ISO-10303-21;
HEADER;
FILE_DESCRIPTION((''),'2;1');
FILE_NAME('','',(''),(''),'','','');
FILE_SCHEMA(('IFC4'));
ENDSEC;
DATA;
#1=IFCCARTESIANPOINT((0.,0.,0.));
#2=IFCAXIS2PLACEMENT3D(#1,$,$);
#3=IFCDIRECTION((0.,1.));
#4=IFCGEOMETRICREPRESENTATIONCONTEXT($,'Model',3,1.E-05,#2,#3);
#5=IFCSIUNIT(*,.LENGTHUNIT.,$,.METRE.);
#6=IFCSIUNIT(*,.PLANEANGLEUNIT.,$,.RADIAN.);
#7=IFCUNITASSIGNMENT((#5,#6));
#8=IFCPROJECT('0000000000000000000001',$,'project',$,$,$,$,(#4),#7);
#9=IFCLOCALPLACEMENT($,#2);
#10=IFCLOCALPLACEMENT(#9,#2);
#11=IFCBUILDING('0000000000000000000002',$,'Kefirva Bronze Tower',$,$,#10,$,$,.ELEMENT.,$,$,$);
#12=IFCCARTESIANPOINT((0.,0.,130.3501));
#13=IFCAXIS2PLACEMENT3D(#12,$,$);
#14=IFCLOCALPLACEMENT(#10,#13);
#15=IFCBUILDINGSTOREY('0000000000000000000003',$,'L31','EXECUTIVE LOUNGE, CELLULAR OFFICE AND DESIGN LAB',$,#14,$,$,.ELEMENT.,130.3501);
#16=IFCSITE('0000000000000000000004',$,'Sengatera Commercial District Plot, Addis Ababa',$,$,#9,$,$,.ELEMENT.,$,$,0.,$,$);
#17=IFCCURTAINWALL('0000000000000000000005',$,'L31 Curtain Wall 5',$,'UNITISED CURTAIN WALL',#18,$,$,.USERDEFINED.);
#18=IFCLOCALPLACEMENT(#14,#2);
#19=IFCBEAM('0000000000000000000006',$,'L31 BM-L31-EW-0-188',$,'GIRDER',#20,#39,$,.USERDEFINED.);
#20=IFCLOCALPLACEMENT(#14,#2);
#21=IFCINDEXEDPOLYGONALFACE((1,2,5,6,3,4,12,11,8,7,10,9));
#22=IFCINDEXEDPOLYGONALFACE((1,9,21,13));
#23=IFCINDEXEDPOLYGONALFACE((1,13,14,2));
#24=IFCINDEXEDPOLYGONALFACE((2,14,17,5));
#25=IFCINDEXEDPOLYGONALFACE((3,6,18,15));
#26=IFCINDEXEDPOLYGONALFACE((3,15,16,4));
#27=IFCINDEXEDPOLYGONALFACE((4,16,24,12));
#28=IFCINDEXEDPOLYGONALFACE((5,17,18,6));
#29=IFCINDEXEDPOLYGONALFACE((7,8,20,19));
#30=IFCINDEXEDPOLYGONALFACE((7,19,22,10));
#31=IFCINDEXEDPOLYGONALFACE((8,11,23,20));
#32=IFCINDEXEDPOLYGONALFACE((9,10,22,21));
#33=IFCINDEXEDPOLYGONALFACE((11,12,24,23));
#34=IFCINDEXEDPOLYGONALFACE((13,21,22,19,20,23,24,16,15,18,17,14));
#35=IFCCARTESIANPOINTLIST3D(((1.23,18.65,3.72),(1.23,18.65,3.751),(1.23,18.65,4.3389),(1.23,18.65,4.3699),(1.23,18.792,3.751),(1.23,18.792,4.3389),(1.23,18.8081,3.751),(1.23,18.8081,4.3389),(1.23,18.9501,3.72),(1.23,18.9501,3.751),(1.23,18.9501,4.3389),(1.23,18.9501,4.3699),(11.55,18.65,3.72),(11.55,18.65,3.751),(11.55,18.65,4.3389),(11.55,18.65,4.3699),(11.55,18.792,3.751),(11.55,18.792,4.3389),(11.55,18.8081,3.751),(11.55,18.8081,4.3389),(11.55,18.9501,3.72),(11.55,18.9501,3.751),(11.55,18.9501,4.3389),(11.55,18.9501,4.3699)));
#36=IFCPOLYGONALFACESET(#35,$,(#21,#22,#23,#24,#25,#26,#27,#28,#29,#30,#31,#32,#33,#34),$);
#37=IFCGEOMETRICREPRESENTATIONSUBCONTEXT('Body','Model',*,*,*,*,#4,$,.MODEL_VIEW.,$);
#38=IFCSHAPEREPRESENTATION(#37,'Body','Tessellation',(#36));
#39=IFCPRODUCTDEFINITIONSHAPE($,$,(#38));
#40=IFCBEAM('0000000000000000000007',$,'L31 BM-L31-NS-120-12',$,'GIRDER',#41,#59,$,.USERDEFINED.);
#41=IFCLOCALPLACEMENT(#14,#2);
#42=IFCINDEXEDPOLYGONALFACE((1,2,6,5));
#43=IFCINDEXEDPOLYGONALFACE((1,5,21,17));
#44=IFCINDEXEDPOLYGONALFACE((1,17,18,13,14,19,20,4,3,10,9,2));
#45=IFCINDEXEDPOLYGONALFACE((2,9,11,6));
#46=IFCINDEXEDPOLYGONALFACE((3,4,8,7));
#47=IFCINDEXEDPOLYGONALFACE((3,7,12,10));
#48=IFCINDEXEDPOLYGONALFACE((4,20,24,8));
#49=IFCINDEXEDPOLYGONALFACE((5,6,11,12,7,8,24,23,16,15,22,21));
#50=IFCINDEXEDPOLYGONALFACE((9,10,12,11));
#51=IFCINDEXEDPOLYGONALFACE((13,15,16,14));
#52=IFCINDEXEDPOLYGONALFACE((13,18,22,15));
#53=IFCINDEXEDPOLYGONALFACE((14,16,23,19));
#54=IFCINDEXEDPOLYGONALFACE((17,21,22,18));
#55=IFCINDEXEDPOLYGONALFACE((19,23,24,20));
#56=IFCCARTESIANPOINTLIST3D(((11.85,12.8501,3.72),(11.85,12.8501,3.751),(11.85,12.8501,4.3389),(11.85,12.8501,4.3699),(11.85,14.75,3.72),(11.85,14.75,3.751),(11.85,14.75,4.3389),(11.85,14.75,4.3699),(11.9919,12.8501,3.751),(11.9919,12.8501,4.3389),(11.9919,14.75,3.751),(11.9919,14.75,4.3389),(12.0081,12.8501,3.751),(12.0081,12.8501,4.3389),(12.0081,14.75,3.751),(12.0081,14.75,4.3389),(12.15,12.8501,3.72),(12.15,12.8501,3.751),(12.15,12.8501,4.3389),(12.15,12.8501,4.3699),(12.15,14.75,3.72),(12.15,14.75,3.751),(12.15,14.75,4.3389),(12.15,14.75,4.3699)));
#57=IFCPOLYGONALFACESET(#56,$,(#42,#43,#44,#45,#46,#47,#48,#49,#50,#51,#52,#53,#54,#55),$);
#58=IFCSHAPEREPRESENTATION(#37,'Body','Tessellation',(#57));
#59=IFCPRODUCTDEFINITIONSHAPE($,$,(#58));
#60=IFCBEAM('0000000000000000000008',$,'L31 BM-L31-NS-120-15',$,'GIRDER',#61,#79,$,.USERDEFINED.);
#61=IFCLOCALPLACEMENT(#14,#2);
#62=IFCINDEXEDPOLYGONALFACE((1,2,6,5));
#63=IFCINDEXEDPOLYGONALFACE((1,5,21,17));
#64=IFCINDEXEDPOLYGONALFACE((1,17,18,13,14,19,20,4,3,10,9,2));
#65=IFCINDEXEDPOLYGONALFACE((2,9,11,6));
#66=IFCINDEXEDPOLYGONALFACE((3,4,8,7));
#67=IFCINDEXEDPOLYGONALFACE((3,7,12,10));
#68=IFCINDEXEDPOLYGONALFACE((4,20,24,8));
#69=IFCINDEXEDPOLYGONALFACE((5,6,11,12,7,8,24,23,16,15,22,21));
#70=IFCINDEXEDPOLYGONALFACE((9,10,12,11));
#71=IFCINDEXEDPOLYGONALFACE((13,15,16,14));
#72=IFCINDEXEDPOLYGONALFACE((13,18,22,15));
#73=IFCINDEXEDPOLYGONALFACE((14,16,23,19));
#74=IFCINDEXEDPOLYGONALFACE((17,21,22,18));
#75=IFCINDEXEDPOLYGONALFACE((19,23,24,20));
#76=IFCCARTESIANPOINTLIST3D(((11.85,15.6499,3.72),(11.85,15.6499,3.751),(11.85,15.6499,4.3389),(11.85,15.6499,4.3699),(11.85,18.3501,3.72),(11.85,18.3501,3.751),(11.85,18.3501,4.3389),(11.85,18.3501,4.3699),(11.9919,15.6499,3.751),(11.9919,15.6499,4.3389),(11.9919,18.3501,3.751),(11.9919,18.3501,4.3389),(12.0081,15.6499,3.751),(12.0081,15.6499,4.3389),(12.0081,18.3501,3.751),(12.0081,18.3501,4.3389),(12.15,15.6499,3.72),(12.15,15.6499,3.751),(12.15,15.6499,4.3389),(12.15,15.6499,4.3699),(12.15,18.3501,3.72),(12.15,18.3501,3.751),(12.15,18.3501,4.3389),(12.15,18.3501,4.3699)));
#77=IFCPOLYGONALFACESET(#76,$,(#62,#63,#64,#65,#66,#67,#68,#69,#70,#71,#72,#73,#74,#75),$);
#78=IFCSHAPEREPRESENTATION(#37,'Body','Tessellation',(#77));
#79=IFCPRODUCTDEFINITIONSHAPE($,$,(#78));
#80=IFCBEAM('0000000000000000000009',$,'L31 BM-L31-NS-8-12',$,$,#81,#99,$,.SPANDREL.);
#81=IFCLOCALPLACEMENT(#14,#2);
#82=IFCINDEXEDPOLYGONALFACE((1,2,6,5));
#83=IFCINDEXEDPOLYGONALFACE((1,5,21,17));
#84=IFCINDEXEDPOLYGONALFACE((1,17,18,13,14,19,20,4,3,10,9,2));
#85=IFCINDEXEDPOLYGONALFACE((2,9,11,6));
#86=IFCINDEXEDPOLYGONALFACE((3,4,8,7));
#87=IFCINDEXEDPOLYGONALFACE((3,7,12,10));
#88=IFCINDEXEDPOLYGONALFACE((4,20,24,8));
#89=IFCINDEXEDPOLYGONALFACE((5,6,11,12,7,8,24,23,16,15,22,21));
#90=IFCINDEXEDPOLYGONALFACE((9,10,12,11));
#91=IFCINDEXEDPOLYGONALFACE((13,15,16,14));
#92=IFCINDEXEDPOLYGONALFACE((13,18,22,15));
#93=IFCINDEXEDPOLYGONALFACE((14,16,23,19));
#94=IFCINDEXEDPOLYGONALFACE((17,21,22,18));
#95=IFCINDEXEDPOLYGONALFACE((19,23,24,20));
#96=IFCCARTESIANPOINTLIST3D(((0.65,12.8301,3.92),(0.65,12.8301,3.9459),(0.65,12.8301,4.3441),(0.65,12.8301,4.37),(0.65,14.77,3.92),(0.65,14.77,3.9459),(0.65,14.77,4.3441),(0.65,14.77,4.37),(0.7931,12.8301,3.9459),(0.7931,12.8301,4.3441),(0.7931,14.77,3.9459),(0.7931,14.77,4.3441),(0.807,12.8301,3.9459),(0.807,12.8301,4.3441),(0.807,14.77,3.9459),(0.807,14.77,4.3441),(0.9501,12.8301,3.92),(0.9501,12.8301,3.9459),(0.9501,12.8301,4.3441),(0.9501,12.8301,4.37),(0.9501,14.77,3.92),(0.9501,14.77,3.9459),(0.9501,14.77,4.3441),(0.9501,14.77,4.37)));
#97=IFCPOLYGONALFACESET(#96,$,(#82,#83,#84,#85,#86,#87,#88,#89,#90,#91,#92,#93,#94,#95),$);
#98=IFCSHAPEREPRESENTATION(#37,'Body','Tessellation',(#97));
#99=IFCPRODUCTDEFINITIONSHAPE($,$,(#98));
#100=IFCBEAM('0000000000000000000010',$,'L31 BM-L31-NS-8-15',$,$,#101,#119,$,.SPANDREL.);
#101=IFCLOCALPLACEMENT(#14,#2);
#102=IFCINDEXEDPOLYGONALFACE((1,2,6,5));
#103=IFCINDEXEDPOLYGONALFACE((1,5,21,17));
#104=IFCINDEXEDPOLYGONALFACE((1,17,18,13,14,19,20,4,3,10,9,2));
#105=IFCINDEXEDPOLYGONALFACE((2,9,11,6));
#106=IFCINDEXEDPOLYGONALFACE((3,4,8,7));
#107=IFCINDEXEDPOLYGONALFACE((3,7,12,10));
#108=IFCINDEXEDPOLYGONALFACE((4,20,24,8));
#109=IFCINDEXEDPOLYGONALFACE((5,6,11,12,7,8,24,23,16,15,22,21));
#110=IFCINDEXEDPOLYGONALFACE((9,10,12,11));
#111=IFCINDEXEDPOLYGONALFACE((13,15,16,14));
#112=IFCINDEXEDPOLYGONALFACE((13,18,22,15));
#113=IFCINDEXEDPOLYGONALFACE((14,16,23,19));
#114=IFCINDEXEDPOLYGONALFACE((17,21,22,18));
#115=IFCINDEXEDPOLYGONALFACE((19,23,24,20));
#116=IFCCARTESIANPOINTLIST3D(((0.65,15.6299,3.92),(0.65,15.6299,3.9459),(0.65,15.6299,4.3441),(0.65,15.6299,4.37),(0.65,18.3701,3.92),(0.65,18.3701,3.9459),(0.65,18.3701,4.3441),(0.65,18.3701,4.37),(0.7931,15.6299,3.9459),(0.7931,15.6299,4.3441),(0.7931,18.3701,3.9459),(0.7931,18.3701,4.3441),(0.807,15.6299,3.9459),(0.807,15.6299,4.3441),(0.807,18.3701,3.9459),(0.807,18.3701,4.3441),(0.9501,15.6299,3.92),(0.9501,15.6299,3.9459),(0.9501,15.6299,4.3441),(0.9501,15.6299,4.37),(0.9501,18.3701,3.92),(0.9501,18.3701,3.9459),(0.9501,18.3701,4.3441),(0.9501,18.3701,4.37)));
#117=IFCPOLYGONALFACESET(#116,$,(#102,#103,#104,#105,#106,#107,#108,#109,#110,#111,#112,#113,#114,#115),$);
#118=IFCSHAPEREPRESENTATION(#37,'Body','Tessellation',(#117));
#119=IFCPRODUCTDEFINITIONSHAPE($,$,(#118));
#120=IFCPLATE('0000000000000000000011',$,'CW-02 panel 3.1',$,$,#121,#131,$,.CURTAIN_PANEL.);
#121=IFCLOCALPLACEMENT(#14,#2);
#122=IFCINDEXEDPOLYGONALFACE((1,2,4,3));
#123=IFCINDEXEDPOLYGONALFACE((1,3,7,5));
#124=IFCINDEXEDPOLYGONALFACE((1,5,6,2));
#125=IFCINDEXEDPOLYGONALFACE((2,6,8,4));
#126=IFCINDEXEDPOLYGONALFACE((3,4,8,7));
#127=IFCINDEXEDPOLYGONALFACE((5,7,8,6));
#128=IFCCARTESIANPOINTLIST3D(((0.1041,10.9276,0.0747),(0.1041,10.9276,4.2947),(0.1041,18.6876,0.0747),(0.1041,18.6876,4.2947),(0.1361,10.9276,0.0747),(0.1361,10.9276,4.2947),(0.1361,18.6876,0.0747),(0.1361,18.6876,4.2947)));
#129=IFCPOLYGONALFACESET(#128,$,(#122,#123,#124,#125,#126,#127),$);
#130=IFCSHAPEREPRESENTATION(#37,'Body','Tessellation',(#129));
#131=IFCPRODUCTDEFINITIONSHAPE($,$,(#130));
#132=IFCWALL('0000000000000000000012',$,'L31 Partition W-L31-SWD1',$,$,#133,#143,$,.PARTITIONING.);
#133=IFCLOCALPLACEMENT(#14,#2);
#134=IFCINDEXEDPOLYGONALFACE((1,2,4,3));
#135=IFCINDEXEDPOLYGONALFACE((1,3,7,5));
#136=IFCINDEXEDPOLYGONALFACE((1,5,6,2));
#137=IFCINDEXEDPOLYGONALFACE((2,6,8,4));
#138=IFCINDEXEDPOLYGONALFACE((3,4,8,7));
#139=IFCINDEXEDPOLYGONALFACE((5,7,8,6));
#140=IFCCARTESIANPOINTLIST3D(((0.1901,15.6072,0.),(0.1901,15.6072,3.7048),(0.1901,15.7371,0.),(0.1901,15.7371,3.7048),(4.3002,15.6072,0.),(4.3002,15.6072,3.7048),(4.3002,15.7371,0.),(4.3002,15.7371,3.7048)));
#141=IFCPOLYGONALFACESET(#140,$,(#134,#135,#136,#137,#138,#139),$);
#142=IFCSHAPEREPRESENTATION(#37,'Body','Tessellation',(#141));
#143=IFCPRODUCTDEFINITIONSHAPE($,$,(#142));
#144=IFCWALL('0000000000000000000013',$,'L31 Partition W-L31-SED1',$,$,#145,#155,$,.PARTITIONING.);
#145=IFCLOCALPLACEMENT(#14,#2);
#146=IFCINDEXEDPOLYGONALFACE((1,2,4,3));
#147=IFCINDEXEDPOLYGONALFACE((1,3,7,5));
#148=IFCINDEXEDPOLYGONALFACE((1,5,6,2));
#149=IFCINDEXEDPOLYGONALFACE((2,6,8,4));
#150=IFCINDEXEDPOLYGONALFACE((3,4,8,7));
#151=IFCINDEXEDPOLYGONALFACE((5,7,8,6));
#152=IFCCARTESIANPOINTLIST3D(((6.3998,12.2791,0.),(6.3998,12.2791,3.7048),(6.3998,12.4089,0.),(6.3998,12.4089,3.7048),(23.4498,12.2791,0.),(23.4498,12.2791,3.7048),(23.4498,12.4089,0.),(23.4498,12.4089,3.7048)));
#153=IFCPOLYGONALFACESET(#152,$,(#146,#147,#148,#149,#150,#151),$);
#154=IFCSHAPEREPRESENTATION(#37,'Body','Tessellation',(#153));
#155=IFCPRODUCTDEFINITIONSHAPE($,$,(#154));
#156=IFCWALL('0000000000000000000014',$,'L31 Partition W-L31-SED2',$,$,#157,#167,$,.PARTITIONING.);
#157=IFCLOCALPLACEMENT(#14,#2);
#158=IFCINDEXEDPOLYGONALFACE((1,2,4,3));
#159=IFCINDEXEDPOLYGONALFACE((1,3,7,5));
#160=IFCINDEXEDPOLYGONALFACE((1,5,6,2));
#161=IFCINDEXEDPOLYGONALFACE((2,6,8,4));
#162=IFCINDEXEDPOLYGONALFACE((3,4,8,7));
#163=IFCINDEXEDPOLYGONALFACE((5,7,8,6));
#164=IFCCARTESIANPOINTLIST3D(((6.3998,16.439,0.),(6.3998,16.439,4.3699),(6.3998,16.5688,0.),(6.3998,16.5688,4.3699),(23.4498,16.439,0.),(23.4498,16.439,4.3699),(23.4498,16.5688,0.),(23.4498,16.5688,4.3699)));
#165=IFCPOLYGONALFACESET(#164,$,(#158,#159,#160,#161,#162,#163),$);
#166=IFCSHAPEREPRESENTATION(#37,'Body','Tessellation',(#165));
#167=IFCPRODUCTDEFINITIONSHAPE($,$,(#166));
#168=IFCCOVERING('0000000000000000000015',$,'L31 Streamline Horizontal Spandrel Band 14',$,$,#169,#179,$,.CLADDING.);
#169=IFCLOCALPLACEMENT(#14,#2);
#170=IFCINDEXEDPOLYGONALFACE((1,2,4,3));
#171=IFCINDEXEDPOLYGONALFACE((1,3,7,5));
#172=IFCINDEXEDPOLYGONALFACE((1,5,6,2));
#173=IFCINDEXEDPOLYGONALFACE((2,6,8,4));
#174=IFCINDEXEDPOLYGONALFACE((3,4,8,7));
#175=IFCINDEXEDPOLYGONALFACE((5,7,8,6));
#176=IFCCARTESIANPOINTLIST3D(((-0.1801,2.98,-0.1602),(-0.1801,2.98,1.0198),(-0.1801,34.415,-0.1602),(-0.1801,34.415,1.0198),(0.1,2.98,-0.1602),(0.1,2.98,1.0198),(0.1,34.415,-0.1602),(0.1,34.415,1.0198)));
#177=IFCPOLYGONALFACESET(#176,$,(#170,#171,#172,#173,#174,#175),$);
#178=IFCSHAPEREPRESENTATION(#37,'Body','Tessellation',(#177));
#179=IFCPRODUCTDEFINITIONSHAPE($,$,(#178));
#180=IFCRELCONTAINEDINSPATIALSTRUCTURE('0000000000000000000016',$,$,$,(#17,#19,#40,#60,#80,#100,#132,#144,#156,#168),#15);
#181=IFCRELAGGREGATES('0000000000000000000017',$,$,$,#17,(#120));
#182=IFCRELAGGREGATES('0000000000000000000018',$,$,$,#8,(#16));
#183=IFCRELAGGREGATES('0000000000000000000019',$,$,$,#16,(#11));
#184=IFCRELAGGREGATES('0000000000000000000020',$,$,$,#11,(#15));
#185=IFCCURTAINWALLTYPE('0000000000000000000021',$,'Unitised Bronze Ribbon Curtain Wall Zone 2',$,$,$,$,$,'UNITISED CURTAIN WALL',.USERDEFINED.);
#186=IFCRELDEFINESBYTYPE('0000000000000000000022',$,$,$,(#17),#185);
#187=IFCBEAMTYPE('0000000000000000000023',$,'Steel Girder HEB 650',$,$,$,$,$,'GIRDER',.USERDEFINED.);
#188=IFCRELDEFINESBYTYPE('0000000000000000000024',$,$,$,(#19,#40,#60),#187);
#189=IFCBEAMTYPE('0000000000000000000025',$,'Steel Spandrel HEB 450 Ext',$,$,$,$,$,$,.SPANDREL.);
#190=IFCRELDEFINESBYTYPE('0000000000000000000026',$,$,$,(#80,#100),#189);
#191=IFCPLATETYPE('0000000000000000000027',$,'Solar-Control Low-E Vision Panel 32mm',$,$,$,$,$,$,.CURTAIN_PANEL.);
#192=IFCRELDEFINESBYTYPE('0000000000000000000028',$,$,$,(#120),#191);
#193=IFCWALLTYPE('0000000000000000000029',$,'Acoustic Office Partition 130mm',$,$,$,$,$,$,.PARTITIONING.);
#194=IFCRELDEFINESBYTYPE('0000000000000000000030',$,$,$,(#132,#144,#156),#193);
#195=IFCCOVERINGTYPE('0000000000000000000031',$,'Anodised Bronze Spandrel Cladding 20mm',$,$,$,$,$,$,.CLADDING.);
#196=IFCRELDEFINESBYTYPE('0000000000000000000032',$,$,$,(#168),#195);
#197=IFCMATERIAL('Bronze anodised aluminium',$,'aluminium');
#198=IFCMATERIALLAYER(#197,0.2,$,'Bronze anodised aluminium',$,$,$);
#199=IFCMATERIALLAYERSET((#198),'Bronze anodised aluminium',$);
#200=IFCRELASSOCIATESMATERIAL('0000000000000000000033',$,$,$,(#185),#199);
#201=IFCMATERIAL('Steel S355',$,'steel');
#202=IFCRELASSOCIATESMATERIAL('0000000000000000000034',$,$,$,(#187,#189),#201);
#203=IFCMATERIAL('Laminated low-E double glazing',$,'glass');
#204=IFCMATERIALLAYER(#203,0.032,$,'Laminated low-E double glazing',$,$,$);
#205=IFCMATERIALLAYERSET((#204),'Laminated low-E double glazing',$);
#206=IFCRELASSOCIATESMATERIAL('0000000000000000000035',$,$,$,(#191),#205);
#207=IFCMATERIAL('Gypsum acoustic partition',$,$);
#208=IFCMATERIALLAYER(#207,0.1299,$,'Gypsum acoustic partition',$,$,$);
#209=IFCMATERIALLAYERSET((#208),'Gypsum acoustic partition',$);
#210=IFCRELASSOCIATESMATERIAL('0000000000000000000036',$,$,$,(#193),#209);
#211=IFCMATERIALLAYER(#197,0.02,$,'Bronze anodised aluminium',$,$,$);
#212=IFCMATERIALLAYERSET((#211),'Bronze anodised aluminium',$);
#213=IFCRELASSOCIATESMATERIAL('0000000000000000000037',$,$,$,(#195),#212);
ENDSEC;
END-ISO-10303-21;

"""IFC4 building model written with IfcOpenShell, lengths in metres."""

from ifc_helpers import new_model, si_unit, direction, frame, frame_2d, origin, origin_2d, place, context, subcontext, project, spatial, rectangle, i_section, extrude, material, layer, layer_set, material_profile, profile_set, type_object, element, aggregate, save


model = new_model("IFC4")

# Units and contexts
model_context = context("Model", 3, precision=1e-05, world=origin(), true_north=direction((0.0, 1.0)))
body_context = subcontext(model_context, "Body", "Model", "MODEL_VIEW")
ifc_project = project(units=[si_unit("LENGTHUNIT", "METRE"), si_unit("PLANEANGLEUNIT", "RADIAN")], contexts=[model_context])

# Site, building, storey
site_placement = place(None, origin())
site = spatial("IfcSite", under=ifc_project, at=site_placement, Name="Sengatera Commercial District Plot, Addis Ababa", CompositionType="ELEMENT", RefElevation=0.0)
building_placement = place(site_placement, origin())
building = spatial("IfcBuilding", under=site, at=building_placement, Name="Kefirva Bronze Tower", CompositionType="ELEMENT")
storey_placement = place(building_placement, frame((0.0, 0.0, 130.3501)))
storey = spatial("IfcBuildingStorey", under=building, at=storey_placement, Name="L31", Description="EXECUTIVE LOUNGE, CELLULAR OFFICE AND DESIGN LAB", CompositionType="ELEMENT", Elevation=130.3501)

# Curtain wall
ifc_material_1 = material(Name="Bronze anodised aluminium", Category="aluminium")
ifc_layer_1 = layer(ifc_material_1, 0.2, Name="Bronze anodised aluminium")
ifc_layer_set_1 = layer_set([ifc_layer_1], Name="Bronze anodised aluminium")
curtain_wall_type = type_object("IfcCurtainWallType", Name="Unitised Bronze Ribbon Curtain Wall Zone 2", ElementType="UNITISED CURTAIN WALL", PredefinedType="USERDEFINED", material=ifc_layer_set_1)
curtain_wall_placement = place(storey_placement, origin())
curtain_wall = element("IfcCurtainWall", 1, at=curtain_wall_placement, inside=storey, type_object=curtain_wall_type, Name="L31 Curtain Wall 5", ObjectType="UNITISED CURTAIN WALL", PredefinedType="USERDEFINED")

# Beams
ifc_material_2 = material(Name="Steel S355", Category="steel")
ifc_material_profile_1 = material_profile(ifc_material_2, i_section(OverallWidth=0.3, OverallDepth=0.6499, WebThickness=0.0161, FlangeThickness=0.031, at=origin_2d()), Name="HEB 650")
ifc_profile_set_1 = profile_set([ifc_material_profile_1], Name="Steel S355")
beam_type_1 = type_object("IfcBeamType", Name="Steel Girder HEB 650", ElementType="GIRDER", PredefinedType="USERDEFINED", material=ifc_profile_set_1)
for number, where, z_axis, x_axis, name in (
    (2, (1.23, 18.8, 4.0449), (1.0, 0.0, 0.0), (0.0, 1.0, 0.0), "L31 BM-L31-EW-0-188"),
):
    element("IfcBeam", number, at=place(storey_placement, frame(where, z_axis=z_axis, x_axis=x_axis)), inside=storey, type_object=beam_type_1, Name=name, ObjectType="GIRDER", PredefinedType="USERDEFINED", context=body_context, shape_type="SweptSolid", body=[
        extrude(i_section(OverallWidth=0.3, OverallDepth=0.6499, WebThickness=0.0161, FlangeThickness=0.031, at=origin_2d()), origin(), (0.0, 0.0, 1.0), 10.3201),
    ])
beam_1_placement = place(storey_placement, frame((12.0, 12.8501, 4.0449), z_axis=(0.0, 1.0, 0.0), x_axis=(-1.0, 0.0, 0.0)))
element("IfcBeam", 3, at=beam_1_placement, inside=storey, type_object=beam_type_1, Name="L31 BM-L31-NS-120-12", ObjectType="GIRDER", PredefinedType="USERDEFINED", context=body_context, shape_type="SweptSolid", body=[
    extrude(i_section(OverallWidth=0.3, OverallDepth=0.6499, WebThickness=0.0161, FlangeThickness=0.031, at=origin_2d()), origin(), (0.0, 0.0, 1.0), 1.8999),
])
beam_2_placement = place(storey_placement, frame((12.0, 15.6499, 4.0449), z_axis=(0.0, 1.0, 0.0), x_axis=(-1.0, 0.0, 0.0)))
element("IfcBeam", 4, at=beam_2_placement, inside=storey, type_object=beam_type_1, Name="L31 BM-L31-NS-120-15", ObjectType="GIRDER", PredefinedType="USERDEFINED", context=body_context, shape_type="SweptSolid", body=[
    extrude(i_section(OverallWidth=0.3, OverallDepth=0.6499, WebThickness=0.0161, FlangeThickness=0.031, at=origin_2d()), origin(), (0.0, 0.0, 1.0), 2.7002),
])
ifc_material_profile_2 = material_profile(ifc_material_2, i_section(OverallWidth=0.3, OverallDepth=0.45, WebThickness=0.0139, FlangeThickness=0.0259, at=origin_2d()), Name="HEB 450")
ifc_profile_set_2 = profile_set([ifc_material_profile_2], Name="Steel S355")
beam_type_2 = type_object("IfcBeamType", Name="Steel Spandrel HEB 450 Ext", PredefinedType="SPANDREL", material=ifc_profile_set_2)
beam_3_placement = place(storey_placement, frame((0.8, 12.8301, 4.145), z_axis=(0.0, 1.0, 0.0), x_axis=(-1.0, 0.0, 0.0)))
element("IfcBeam", 5, at=beam_3_placement, inside=storey, type_object=beam_type_2, Name="L31 BM-L31-NS-8-12", PredefinedType="SPANDREL", context=body_context, shape_type="SweptSolid", body=[
    extrude(i_section(OverallWidth=0.3, OverallDepth=0.45, WebThickness=0.0139, FlangeThickness=0.0259, at=origin_2d()), origin(), (0.0, 0.0, 1.0), 1.9399),
])
beam_4_placement = place(storey_placement, frame((0.8, 15.6299, 4.145), z_axis=(0.0, 1.0, 0.0), x_axis=(-1.0, 0.0, 0.0)))
element("IfcBeam", 6, at=beam_4_placement, inside=storey, type_object=beam_type_2, Name="L31 BM-L31-NS-8-15", PredefinedType="SPANDREL", context=body_context, shape_type="SweptSolid", body=[
    extrude(i_section(OverallWidth=0.3, OverallDepth=0.45, WebThickness=0.0139, FlangeThickness=0.0259, at=origin_2d()), origin(), (0.0, 0.0, 1.0), 2.7402),
])

# Plate
ifc_material_3 = material(Name="Laminated low-E double glazing", Category="glass")
ifc_layer_2 = layer(ifc_material_3, 0.032, Name="Laminated low-E double glazing")
ifc_layer_set_2 = layer_set([ifc_layer_2], Name="Laminated low-E double glazing")
plate_type = type_object("IfcPlateType", Name="Solar-Control Low-E Vision Panel 32mm", PredefinedType="CURTAIN_PANEL", material=ifc_layer_set_2)
plate_placement = place(storey_placement, frame((0.1201, 14.8076, 0.0747), z_axis=(0.0, 0.0, 1.0), x_axis=(0.0, -1.0, 0.0)))
plate = element("IfcPlate", 7, at=plate_placement, type_object=plate_type, Name="CW-02 panel 3.1", PredefinedType="CURTAIN_PANEL", context=body_context, shape_type="SweptSolid", body=[
    extrude(rectangle(XDim=7.76, YDim=0.032, at=origin_2d()), origin(), (0.0, 0.0, 1.0), 4.22),
])
aggregate(curtain_wall, [plate])

# Walls
ifc_material_4 = material(Name="Gypsum acoustic partition")
ifc_layer_3 = layer(ifc_material_4, 0.1299, Name="Gypsum acoustic partition")
ifc_layer_set_3 = layer_set([ifc_layer_3], Name="Gypsum acoustic partition")
wall_type = type_object("IfcWallType", Name="Acoustic Office Partition 130mm", PredefinedType="PARTITIONING", material=ifc_layer_set_3)
wall_1_placement = place(storey_placement, frame((0.1899, 15.6721, 0.0), z_axis=(0.0, 0.0, 1.0), x_axis=(1.0, 0.0, 0.0)))
element("IfcWall", 8, at=wall_1_placement, inside=storey, type_object=wall_type, Name="L31 Partition W-L31-SWD1", PredefinedType="PARTITIONING", context=body_context, shape_type="SweptSolid", body=[
    extrude(rectangle(XDim=4.1101, YDim=0.1299, at=frame_2d((2.0552, 0.0))), origin(), (0.0, 0.0, 1.0), 3.7048),
])
wall_2_placement = place(storey_placement, frame((6.3999, 12.344, 0.0), z_axis=(0.0, 0.0, 1.0), x_axis=(1.0, 0.0, 0.0)))
element("IfcWall", 9, at=wall_2_placement, inside=storey, type_object=wall_type, Name="L31 Partition W-L31-SED1", PredefinedType="PARTITIONING", context=body_context, shape_type="SweptSolid", body=[
    extrude(rectangle(XDim=17.05, YDim=0.1299, at=frame_2d((8.5249, 0.0))), origin(), (0.0, 0.0, 1.0), 3.7048),
])
wall_3_placement = place(storey_placement, frame((6.3999, 16.5039, 0.0), z_axis=(0.0, 0.0, 1.0), x_axis=(1.0, 0.0, 0.0)))
element("IfcWall", 10, at=wall_3_placement, inside=storey, type_object=wall_type, Name="L31 Partition W-L31-SED2", PredefinedType="PARTITIONING", context=body_context, shape_type="SweptSolid", body=[
    extrude(rectangle(XDim=17.05, YDim=0.1299, at=frame_2d((8.5249, 0.0))), origin(), (0.0, 0.0, 1.0), 4.3699),
])

# Covering
ifc_layer_4 = layer(ifc_material_1, 0.02, Name="Bronze anodised aluminium")
ifc_layer_set_4 = layer_set([ifc_layer_4], Name="Bronze anodised aluminium")
covering_type_1 = type_object("IfcCoveringType", Name="Anodised Bronze Spandrel Cladding 20mm", PredefinedType="CLADDING", material=ifc_layer_set_4)
covering_1_placement = place(storey_placement, frame((-0.04, 18.6975, -0.1602), z_axis=(0.0, 0.0, 1.0), x_axis=(0.0, -1.0, 0.0)))
element("IfcCovering", 11, at=covering_1_placement, inside=storey, type_object=covering_type_1, Name="L31 Streamline Horizontal Spandrel Band 14", PredefinedType="CLADDING", context=body_context, shape_type="SweptSolid", body=[
    extrude(rectangle(XDim=31.4351, YDim=0.28, at=origin_2d()), origin(), (0.0, 0.0, 1.0), 1.1799),
])

save(model, "model.ifc")
